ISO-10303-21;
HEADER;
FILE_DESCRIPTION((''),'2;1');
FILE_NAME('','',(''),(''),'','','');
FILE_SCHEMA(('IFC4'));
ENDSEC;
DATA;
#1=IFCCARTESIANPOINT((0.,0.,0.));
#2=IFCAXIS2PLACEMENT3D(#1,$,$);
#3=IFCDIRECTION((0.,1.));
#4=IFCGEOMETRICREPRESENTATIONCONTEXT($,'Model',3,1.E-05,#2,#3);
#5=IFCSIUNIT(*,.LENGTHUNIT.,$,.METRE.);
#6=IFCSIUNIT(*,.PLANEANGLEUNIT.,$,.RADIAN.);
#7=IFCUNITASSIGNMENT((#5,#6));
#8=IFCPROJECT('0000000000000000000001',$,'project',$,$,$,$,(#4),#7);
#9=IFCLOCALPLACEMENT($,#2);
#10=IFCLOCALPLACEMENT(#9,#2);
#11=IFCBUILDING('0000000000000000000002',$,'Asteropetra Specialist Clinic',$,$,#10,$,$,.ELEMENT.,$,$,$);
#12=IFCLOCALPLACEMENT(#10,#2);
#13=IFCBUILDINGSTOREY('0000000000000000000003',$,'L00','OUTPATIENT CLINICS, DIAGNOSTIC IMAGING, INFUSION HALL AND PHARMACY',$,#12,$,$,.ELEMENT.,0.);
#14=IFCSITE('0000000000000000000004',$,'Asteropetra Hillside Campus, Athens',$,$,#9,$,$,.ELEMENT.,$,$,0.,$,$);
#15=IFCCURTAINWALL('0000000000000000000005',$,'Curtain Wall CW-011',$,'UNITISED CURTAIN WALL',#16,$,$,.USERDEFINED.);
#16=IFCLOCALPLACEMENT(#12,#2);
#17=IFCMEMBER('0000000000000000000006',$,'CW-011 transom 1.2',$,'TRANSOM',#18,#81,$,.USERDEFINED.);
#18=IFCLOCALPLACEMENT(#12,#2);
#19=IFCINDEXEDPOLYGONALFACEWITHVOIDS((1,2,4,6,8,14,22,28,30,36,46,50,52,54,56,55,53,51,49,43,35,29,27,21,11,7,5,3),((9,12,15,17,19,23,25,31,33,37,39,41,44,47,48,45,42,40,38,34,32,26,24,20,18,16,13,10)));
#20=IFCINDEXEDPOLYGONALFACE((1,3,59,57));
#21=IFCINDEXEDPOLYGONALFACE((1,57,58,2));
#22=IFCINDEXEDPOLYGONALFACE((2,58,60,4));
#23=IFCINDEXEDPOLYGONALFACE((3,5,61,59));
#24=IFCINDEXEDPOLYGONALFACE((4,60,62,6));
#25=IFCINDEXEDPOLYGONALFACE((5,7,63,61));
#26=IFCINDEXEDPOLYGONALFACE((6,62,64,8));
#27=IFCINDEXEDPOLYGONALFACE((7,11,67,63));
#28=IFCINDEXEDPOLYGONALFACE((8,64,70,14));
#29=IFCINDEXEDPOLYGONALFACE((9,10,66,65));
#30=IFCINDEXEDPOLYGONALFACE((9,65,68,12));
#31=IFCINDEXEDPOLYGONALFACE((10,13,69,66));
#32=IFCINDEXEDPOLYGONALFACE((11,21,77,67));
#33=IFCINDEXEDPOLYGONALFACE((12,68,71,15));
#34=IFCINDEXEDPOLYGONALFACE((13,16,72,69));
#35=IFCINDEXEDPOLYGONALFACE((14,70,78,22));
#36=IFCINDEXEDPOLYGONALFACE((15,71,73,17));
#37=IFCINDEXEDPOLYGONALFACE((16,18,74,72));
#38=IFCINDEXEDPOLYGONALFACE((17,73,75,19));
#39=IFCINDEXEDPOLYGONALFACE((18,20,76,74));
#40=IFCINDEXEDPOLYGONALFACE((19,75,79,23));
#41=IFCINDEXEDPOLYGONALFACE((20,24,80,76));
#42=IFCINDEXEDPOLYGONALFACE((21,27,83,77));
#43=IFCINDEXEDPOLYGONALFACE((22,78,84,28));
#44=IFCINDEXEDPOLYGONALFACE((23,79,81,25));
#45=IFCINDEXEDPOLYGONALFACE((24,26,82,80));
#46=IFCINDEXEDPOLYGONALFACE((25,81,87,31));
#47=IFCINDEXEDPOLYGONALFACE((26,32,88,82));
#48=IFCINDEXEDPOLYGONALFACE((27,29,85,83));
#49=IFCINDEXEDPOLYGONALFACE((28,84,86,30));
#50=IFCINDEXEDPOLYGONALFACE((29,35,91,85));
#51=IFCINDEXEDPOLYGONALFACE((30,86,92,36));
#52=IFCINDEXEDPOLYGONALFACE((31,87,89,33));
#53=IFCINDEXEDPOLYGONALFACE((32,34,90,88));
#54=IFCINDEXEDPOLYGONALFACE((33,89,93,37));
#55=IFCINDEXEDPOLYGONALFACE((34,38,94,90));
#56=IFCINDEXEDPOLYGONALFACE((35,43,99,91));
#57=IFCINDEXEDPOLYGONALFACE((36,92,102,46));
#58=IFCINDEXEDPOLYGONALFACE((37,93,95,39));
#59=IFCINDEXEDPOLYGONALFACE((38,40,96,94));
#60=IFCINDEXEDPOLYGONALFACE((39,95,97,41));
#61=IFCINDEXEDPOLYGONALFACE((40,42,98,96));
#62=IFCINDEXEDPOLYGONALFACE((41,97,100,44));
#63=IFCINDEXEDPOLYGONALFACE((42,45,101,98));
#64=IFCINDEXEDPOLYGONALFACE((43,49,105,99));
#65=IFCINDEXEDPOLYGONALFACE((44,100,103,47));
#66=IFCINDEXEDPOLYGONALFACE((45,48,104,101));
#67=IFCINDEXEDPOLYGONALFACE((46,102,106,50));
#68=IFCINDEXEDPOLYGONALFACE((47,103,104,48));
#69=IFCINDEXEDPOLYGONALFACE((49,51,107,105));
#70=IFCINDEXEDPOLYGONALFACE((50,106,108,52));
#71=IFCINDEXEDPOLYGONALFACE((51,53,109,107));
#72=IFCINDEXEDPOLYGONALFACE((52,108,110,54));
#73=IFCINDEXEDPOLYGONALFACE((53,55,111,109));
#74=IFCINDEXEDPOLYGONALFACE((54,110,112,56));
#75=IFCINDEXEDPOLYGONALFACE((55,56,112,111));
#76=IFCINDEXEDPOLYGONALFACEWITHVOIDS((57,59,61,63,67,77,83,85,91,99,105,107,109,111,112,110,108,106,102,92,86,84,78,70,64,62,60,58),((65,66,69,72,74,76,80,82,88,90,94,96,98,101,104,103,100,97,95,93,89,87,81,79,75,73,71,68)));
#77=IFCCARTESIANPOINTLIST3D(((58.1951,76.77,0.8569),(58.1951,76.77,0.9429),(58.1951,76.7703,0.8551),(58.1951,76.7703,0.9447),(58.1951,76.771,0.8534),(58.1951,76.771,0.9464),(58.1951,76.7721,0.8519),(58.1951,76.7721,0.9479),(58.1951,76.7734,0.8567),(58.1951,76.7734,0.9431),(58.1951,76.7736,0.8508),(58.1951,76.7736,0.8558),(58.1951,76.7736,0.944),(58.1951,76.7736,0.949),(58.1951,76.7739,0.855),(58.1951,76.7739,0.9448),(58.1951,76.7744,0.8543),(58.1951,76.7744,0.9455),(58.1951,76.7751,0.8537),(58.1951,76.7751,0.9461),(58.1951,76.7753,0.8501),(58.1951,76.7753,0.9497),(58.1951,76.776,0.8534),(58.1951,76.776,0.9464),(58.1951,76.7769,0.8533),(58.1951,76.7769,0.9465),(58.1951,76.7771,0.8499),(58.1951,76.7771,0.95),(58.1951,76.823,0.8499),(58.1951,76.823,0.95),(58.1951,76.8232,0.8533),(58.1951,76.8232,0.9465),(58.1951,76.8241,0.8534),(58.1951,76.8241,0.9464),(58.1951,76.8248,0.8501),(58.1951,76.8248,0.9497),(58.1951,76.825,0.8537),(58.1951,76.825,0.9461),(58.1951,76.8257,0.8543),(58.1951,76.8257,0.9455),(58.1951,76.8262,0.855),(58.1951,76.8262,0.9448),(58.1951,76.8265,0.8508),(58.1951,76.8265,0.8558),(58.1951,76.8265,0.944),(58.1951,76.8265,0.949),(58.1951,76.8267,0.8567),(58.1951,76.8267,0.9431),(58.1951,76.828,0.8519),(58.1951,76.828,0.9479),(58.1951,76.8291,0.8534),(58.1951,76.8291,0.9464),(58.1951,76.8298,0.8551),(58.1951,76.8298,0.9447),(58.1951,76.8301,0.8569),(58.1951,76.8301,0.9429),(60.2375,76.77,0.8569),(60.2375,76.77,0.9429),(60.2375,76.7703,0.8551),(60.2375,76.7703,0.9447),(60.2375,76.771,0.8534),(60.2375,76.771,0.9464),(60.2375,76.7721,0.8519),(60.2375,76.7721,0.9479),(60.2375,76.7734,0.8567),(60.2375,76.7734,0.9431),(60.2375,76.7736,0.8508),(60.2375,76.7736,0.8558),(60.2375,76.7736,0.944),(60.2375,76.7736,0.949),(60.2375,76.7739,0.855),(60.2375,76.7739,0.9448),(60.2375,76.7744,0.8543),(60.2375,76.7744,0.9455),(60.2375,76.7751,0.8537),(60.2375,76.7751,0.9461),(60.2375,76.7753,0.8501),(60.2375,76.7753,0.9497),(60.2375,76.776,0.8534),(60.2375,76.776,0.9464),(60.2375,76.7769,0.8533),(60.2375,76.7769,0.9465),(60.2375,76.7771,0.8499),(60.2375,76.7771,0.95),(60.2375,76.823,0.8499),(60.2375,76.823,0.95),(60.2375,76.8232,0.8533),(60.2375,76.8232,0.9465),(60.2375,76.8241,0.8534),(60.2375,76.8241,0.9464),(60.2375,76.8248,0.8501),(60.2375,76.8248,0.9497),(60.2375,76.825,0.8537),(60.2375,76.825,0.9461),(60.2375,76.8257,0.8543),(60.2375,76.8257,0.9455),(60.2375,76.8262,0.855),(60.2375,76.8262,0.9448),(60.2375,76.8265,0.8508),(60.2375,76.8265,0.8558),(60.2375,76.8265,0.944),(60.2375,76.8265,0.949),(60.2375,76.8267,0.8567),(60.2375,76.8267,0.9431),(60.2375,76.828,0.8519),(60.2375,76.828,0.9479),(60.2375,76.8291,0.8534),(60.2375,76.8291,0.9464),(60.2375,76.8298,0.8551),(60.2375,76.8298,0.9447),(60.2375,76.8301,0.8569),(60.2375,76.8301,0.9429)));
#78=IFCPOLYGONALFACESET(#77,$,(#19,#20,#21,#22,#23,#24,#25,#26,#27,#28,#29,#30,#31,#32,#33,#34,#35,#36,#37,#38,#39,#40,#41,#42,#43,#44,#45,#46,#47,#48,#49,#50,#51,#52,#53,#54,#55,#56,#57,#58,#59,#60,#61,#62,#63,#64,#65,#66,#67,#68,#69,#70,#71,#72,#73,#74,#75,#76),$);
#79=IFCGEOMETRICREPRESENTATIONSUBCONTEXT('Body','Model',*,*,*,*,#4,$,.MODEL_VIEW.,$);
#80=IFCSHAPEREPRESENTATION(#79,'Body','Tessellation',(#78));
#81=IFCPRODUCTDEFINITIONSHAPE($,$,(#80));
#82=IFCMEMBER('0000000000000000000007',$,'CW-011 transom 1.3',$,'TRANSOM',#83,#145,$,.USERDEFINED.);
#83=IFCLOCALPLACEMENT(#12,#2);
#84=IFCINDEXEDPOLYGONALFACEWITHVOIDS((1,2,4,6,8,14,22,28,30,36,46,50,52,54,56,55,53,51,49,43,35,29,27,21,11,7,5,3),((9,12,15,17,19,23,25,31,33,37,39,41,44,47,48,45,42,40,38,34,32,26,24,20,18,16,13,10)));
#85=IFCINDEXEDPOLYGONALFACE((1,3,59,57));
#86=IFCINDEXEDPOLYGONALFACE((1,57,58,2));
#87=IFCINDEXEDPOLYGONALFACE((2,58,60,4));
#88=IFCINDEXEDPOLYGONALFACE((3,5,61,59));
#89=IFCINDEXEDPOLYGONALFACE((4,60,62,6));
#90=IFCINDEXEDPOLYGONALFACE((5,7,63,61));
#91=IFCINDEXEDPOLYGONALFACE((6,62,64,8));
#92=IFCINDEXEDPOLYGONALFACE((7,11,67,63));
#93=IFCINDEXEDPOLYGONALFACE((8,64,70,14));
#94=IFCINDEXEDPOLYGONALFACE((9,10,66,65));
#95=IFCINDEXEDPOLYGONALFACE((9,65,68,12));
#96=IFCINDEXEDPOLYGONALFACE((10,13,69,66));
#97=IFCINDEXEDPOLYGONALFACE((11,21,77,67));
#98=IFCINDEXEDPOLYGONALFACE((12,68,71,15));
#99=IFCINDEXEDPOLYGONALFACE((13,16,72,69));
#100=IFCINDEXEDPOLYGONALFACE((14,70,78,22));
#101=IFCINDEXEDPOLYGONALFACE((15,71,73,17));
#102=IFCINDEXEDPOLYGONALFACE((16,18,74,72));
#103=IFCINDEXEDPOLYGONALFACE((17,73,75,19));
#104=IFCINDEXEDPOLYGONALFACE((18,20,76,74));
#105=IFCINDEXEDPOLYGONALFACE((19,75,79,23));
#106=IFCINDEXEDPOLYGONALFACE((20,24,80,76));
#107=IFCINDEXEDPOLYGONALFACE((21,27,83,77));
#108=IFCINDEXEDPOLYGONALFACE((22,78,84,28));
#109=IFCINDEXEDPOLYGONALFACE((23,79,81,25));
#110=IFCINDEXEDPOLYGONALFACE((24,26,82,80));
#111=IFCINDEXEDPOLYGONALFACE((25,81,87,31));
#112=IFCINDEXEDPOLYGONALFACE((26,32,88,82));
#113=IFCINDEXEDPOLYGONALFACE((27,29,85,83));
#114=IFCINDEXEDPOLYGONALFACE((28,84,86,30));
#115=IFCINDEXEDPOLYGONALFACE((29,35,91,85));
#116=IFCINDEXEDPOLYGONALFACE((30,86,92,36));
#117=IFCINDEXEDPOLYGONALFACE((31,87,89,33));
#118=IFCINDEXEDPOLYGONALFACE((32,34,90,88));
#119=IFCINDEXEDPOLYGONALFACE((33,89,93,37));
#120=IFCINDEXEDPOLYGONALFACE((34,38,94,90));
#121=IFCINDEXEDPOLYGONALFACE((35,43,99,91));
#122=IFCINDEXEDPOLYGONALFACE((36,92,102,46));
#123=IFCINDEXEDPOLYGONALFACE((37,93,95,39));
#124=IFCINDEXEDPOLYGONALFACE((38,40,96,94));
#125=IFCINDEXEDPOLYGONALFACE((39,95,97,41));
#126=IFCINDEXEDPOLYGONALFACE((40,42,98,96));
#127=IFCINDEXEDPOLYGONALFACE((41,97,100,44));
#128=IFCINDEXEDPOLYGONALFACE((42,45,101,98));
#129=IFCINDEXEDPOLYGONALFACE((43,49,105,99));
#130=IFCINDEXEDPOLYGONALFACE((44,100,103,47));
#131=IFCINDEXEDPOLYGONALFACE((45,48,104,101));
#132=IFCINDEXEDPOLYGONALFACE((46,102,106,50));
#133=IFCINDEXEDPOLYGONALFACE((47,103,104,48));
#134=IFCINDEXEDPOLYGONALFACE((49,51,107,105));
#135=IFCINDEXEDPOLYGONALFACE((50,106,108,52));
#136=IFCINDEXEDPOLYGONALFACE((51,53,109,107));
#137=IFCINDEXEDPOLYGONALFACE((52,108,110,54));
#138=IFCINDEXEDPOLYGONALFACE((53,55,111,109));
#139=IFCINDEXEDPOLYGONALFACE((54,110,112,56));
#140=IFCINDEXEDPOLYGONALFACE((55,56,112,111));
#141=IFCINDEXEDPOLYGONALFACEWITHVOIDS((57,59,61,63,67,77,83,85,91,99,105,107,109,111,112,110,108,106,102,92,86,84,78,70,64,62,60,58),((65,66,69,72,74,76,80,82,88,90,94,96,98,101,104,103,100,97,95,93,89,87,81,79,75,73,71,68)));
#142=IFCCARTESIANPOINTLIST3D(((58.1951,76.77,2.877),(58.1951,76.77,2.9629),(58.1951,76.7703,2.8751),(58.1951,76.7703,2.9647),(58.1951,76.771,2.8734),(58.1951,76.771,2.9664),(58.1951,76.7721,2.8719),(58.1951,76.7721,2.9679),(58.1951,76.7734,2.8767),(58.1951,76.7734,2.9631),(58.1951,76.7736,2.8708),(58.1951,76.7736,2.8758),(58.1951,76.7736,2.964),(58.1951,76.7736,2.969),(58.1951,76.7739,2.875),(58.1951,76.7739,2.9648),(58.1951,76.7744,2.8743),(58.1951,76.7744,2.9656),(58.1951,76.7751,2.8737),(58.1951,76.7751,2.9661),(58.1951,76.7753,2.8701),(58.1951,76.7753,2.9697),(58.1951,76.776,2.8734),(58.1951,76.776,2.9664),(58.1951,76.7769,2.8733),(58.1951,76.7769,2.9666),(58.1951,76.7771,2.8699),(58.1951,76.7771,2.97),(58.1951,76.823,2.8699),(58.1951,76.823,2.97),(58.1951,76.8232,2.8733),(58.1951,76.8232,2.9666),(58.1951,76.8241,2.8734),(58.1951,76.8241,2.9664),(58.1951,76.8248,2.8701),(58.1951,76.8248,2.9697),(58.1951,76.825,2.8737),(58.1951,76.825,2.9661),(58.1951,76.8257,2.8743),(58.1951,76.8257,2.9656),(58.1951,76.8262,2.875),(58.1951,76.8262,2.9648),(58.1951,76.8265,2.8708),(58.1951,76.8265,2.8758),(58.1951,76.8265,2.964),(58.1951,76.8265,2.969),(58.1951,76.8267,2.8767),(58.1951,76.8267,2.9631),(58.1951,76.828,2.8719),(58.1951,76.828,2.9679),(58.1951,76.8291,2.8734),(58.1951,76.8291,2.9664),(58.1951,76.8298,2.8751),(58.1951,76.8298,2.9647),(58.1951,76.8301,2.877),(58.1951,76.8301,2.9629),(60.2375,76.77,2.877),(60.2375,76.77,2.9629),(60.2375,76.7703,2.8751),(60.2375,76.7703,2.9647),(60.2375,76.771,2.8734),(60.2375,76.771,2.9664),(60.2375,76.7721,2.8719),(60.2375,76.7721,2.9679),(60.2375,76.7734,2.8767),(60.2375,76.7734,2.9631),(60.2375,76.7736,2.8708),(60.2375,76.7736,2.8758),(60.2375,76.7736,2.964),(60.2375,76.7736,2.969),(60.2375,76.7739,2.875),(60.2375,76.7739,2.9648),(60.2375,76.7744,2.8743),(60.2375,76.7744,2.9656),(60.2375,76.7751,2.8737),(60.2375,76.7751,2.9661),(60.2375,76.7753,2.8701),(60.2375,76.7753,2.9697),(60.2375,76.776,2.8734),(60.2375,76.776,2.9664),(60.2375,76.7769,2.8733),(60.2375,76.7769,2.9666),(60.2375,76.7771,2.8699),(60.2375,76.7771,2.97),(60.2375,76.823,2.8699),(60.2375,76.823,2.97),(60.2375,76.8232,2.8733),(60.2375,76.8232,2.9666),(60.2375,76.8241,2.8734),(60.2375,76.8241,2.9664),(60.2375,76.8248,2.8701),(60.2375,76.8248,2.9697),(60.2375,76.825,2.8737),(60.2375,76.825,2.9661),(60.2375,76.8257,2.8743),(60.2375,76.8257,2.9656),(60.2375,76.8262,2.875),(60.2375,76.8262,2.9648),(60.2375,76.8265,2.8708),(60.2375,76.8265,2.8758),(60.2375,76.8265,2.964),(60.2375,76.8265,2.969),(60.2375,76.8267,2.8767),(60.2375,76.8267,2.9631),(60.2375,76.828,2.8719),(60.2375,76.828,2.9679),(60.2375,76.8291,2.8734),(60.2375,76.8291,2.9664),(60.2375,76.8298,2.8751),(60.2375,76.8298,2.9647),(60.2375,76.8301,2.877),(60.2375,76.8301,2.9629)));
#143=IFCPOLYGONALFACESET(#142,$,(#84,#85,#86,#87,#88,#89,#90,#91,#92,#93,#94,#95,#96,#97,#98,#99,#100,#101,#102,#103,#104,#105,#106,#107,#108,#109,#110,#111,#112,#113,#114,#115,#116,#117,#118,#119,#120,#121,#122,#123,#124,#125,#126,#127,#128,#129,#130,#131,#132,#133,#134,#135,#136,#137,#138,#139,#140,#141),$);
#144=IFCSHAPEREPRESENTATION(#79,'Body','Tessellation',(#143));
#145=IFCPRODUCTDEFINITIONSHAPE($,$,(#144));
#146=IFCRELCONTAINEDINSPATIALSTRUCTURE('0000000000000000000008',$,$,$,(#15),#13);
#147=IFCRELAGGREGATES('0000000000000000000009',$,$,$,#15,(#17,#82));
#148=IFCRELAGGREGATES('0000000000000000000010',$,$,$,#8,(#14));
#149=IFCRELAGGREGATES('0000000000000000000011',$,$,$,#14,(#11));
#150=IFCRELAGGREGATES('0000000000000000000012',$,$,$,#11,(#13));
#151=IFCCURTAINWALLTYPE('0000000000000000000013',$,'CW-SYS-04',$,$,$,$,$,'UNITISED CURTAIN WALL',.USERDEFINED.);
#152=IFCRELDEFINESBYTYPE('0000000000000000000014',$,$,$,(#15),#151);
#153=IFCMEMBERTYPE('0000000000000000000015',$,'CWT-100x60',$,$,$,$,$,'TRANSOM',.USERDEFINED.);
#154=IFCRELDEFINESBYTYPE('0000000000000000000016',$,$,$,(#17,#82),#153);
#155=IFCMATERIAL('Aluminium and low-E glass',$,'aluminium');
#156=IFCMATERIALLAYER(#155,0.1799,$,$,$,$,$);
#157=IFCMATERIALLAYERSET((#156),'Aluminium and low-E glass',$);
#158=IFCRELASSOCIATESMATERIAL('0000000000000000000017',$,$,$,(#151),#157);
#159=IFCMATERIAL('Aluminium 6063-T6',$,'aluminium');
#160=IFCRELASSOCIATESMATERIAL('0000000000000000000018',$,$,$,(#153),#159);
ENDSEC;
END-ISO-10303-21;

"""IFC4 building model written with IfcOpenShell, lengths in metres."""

from ifc_helpers import new_model, si_unit, direction, frame, origin, origin_2d, place, context, subcontext, project, spatial, hollow_rectangle, extrude, material, layer, layer_set, material_profile, profile_set, type_object, element, aggregate, save


model = new_model("IFC4")

# Units and contexts
model_context = context("Model", 3, precision=1e-05, world=origin(), true_north=direction((0.0, 1.0)))
body_context = subcontext(model_context, "Body", "Model", "MODEL_VIEW")
ifc_project = project(units=[si_unit("LENGTHUNIT", "METRE"), si_unit("PLANEANGLEUNIT", "RADIAN")], contexts=[model_context])

# Site, building, storey
site_placement = place(None, origin())
site = spatial("IfcSite", under=ifc_project, at=site_placement, Name="Asteropetra Hillside Campus, Athens", CompositionType="ELEMENT", RefElevation=0.0)
building_placement = place(site_placement, origin())
building = spatial("IfcBuilding", under=site, at=building_placement, Name="Asteropetra Specialist Clinic", CompositionType="ELEMENT")
storey_placement = place(building_placement, origin())
storey = spatial("IfcBuildingStorey", under=building, at=storey_placement, Name="L00", Description="OUTPATIENT CLINICS, DIAGNOSTIC IMAGING, INFUSION HALL AND PHARMACY", CompositionType="ELEMENT", Elevation=0.0)

# Curtain wall
ifc_material_1 = material(Name="Aluminium and low-E glass", Category="aluminium")
ifc_layer_1 = layer(ifc_material_1, 0.1799)
ifc_layer_set_1 = layer_set([ifc_layer_1], Name="Aluminium and low-E glass")
curtain_wall_type_1 = type_object("IfcCurtainWallType", Name="CW-SYS-04", ElementType="UNITISED CURTAIN WALL", PredefinedType="USERDEFINED", material=ifc_layer_set_1)
curtain_wall_1_placement = place(storey_placement, origin())
curtain_wall_1 = element("IfcCurtainWall", 1, at=curtain_wall_1_placement, inside=storey, type_object=curtain_wall_type_1, Name="Curtain Wall CW-011", ObjectType="UNITISED CURTAIN WALL", PredefinedType="USERDEFINED")

# Members
ifc_material_2 = material(Name="Aluminium 6063-T6", Category="aluminium")
ifc_material_profile_1 = material_profile(ifc_material_2, hollow_rectangle(XDim=0.0601, YDim=0.1001, WallThickness=0.0034, InnerFilletRadius=0.0034, OuterFilletRadius=0.0071, at=origin_2d()), Name="TRN 100x60x3.5")
ifc_profile_set_1 = profile_set([ifc_material_profile_1], Name="Aluminium 6063-T6")
member_type_1 = type_object("IfcMemberType", Name="CWT-100x60", ElementType="TRANSOM", PredefinedType="USERDEFINED", material=ifc_profile_set_1)
member_1_placement = place(storey_placement, frame((58.1951, 76.8, 0.8999), z_axis=(1.0, 0.0, 0.0), x_axis=(0.0, 1.0, 0.0)))
member_1 = element("IfcMember", 2, at=member_1_placement, type_object=member_type_1, Name="CW-011 transom 1.2", ObjectType="TRANSOM", PredefinedType="USERDEFINED", context=body_context, shape_type="SweptSolid", body=[
    extrude(hollow_rectangle(XDim=0.0601, YDim=0.1001, WallThickness=0.0034, InnerFilletRadius=0.0034, OuterFilletRadius=0.0071, at=origin_2d()), origin(), (0.0, 0.0, 1.0), 2.0425),
])
member_2_placement = place(storey_placement, frame((58.1951, 76.8, 2.9199), z_axis=(1.0, 0.0, 0.0), x_axis=(0.0, 1.0, 0.0)))
member_2 = element("IfcMember", 3, at=member_2_placement, type_object=member_type_1, Name="CW-011 transom 1.3", ObjectType="TRANSOM", PredefinedType="USERDEFINED", context=body_context, shape_type="SweptSolid", body=[
    extrude(hollow_rectangle(XDim=0.0601, YDim=0.1001, WallThickness=0.0034, InnerFilletRadius=0.0034, OuterFilletRadius=0.0071, at=origin_2d()), origin(), (0.0, 0.0, 1.0), 2.0425),
])

aggregate(curtain_wall_1, [member_1, member_2])

save(model, "model.ifc")
